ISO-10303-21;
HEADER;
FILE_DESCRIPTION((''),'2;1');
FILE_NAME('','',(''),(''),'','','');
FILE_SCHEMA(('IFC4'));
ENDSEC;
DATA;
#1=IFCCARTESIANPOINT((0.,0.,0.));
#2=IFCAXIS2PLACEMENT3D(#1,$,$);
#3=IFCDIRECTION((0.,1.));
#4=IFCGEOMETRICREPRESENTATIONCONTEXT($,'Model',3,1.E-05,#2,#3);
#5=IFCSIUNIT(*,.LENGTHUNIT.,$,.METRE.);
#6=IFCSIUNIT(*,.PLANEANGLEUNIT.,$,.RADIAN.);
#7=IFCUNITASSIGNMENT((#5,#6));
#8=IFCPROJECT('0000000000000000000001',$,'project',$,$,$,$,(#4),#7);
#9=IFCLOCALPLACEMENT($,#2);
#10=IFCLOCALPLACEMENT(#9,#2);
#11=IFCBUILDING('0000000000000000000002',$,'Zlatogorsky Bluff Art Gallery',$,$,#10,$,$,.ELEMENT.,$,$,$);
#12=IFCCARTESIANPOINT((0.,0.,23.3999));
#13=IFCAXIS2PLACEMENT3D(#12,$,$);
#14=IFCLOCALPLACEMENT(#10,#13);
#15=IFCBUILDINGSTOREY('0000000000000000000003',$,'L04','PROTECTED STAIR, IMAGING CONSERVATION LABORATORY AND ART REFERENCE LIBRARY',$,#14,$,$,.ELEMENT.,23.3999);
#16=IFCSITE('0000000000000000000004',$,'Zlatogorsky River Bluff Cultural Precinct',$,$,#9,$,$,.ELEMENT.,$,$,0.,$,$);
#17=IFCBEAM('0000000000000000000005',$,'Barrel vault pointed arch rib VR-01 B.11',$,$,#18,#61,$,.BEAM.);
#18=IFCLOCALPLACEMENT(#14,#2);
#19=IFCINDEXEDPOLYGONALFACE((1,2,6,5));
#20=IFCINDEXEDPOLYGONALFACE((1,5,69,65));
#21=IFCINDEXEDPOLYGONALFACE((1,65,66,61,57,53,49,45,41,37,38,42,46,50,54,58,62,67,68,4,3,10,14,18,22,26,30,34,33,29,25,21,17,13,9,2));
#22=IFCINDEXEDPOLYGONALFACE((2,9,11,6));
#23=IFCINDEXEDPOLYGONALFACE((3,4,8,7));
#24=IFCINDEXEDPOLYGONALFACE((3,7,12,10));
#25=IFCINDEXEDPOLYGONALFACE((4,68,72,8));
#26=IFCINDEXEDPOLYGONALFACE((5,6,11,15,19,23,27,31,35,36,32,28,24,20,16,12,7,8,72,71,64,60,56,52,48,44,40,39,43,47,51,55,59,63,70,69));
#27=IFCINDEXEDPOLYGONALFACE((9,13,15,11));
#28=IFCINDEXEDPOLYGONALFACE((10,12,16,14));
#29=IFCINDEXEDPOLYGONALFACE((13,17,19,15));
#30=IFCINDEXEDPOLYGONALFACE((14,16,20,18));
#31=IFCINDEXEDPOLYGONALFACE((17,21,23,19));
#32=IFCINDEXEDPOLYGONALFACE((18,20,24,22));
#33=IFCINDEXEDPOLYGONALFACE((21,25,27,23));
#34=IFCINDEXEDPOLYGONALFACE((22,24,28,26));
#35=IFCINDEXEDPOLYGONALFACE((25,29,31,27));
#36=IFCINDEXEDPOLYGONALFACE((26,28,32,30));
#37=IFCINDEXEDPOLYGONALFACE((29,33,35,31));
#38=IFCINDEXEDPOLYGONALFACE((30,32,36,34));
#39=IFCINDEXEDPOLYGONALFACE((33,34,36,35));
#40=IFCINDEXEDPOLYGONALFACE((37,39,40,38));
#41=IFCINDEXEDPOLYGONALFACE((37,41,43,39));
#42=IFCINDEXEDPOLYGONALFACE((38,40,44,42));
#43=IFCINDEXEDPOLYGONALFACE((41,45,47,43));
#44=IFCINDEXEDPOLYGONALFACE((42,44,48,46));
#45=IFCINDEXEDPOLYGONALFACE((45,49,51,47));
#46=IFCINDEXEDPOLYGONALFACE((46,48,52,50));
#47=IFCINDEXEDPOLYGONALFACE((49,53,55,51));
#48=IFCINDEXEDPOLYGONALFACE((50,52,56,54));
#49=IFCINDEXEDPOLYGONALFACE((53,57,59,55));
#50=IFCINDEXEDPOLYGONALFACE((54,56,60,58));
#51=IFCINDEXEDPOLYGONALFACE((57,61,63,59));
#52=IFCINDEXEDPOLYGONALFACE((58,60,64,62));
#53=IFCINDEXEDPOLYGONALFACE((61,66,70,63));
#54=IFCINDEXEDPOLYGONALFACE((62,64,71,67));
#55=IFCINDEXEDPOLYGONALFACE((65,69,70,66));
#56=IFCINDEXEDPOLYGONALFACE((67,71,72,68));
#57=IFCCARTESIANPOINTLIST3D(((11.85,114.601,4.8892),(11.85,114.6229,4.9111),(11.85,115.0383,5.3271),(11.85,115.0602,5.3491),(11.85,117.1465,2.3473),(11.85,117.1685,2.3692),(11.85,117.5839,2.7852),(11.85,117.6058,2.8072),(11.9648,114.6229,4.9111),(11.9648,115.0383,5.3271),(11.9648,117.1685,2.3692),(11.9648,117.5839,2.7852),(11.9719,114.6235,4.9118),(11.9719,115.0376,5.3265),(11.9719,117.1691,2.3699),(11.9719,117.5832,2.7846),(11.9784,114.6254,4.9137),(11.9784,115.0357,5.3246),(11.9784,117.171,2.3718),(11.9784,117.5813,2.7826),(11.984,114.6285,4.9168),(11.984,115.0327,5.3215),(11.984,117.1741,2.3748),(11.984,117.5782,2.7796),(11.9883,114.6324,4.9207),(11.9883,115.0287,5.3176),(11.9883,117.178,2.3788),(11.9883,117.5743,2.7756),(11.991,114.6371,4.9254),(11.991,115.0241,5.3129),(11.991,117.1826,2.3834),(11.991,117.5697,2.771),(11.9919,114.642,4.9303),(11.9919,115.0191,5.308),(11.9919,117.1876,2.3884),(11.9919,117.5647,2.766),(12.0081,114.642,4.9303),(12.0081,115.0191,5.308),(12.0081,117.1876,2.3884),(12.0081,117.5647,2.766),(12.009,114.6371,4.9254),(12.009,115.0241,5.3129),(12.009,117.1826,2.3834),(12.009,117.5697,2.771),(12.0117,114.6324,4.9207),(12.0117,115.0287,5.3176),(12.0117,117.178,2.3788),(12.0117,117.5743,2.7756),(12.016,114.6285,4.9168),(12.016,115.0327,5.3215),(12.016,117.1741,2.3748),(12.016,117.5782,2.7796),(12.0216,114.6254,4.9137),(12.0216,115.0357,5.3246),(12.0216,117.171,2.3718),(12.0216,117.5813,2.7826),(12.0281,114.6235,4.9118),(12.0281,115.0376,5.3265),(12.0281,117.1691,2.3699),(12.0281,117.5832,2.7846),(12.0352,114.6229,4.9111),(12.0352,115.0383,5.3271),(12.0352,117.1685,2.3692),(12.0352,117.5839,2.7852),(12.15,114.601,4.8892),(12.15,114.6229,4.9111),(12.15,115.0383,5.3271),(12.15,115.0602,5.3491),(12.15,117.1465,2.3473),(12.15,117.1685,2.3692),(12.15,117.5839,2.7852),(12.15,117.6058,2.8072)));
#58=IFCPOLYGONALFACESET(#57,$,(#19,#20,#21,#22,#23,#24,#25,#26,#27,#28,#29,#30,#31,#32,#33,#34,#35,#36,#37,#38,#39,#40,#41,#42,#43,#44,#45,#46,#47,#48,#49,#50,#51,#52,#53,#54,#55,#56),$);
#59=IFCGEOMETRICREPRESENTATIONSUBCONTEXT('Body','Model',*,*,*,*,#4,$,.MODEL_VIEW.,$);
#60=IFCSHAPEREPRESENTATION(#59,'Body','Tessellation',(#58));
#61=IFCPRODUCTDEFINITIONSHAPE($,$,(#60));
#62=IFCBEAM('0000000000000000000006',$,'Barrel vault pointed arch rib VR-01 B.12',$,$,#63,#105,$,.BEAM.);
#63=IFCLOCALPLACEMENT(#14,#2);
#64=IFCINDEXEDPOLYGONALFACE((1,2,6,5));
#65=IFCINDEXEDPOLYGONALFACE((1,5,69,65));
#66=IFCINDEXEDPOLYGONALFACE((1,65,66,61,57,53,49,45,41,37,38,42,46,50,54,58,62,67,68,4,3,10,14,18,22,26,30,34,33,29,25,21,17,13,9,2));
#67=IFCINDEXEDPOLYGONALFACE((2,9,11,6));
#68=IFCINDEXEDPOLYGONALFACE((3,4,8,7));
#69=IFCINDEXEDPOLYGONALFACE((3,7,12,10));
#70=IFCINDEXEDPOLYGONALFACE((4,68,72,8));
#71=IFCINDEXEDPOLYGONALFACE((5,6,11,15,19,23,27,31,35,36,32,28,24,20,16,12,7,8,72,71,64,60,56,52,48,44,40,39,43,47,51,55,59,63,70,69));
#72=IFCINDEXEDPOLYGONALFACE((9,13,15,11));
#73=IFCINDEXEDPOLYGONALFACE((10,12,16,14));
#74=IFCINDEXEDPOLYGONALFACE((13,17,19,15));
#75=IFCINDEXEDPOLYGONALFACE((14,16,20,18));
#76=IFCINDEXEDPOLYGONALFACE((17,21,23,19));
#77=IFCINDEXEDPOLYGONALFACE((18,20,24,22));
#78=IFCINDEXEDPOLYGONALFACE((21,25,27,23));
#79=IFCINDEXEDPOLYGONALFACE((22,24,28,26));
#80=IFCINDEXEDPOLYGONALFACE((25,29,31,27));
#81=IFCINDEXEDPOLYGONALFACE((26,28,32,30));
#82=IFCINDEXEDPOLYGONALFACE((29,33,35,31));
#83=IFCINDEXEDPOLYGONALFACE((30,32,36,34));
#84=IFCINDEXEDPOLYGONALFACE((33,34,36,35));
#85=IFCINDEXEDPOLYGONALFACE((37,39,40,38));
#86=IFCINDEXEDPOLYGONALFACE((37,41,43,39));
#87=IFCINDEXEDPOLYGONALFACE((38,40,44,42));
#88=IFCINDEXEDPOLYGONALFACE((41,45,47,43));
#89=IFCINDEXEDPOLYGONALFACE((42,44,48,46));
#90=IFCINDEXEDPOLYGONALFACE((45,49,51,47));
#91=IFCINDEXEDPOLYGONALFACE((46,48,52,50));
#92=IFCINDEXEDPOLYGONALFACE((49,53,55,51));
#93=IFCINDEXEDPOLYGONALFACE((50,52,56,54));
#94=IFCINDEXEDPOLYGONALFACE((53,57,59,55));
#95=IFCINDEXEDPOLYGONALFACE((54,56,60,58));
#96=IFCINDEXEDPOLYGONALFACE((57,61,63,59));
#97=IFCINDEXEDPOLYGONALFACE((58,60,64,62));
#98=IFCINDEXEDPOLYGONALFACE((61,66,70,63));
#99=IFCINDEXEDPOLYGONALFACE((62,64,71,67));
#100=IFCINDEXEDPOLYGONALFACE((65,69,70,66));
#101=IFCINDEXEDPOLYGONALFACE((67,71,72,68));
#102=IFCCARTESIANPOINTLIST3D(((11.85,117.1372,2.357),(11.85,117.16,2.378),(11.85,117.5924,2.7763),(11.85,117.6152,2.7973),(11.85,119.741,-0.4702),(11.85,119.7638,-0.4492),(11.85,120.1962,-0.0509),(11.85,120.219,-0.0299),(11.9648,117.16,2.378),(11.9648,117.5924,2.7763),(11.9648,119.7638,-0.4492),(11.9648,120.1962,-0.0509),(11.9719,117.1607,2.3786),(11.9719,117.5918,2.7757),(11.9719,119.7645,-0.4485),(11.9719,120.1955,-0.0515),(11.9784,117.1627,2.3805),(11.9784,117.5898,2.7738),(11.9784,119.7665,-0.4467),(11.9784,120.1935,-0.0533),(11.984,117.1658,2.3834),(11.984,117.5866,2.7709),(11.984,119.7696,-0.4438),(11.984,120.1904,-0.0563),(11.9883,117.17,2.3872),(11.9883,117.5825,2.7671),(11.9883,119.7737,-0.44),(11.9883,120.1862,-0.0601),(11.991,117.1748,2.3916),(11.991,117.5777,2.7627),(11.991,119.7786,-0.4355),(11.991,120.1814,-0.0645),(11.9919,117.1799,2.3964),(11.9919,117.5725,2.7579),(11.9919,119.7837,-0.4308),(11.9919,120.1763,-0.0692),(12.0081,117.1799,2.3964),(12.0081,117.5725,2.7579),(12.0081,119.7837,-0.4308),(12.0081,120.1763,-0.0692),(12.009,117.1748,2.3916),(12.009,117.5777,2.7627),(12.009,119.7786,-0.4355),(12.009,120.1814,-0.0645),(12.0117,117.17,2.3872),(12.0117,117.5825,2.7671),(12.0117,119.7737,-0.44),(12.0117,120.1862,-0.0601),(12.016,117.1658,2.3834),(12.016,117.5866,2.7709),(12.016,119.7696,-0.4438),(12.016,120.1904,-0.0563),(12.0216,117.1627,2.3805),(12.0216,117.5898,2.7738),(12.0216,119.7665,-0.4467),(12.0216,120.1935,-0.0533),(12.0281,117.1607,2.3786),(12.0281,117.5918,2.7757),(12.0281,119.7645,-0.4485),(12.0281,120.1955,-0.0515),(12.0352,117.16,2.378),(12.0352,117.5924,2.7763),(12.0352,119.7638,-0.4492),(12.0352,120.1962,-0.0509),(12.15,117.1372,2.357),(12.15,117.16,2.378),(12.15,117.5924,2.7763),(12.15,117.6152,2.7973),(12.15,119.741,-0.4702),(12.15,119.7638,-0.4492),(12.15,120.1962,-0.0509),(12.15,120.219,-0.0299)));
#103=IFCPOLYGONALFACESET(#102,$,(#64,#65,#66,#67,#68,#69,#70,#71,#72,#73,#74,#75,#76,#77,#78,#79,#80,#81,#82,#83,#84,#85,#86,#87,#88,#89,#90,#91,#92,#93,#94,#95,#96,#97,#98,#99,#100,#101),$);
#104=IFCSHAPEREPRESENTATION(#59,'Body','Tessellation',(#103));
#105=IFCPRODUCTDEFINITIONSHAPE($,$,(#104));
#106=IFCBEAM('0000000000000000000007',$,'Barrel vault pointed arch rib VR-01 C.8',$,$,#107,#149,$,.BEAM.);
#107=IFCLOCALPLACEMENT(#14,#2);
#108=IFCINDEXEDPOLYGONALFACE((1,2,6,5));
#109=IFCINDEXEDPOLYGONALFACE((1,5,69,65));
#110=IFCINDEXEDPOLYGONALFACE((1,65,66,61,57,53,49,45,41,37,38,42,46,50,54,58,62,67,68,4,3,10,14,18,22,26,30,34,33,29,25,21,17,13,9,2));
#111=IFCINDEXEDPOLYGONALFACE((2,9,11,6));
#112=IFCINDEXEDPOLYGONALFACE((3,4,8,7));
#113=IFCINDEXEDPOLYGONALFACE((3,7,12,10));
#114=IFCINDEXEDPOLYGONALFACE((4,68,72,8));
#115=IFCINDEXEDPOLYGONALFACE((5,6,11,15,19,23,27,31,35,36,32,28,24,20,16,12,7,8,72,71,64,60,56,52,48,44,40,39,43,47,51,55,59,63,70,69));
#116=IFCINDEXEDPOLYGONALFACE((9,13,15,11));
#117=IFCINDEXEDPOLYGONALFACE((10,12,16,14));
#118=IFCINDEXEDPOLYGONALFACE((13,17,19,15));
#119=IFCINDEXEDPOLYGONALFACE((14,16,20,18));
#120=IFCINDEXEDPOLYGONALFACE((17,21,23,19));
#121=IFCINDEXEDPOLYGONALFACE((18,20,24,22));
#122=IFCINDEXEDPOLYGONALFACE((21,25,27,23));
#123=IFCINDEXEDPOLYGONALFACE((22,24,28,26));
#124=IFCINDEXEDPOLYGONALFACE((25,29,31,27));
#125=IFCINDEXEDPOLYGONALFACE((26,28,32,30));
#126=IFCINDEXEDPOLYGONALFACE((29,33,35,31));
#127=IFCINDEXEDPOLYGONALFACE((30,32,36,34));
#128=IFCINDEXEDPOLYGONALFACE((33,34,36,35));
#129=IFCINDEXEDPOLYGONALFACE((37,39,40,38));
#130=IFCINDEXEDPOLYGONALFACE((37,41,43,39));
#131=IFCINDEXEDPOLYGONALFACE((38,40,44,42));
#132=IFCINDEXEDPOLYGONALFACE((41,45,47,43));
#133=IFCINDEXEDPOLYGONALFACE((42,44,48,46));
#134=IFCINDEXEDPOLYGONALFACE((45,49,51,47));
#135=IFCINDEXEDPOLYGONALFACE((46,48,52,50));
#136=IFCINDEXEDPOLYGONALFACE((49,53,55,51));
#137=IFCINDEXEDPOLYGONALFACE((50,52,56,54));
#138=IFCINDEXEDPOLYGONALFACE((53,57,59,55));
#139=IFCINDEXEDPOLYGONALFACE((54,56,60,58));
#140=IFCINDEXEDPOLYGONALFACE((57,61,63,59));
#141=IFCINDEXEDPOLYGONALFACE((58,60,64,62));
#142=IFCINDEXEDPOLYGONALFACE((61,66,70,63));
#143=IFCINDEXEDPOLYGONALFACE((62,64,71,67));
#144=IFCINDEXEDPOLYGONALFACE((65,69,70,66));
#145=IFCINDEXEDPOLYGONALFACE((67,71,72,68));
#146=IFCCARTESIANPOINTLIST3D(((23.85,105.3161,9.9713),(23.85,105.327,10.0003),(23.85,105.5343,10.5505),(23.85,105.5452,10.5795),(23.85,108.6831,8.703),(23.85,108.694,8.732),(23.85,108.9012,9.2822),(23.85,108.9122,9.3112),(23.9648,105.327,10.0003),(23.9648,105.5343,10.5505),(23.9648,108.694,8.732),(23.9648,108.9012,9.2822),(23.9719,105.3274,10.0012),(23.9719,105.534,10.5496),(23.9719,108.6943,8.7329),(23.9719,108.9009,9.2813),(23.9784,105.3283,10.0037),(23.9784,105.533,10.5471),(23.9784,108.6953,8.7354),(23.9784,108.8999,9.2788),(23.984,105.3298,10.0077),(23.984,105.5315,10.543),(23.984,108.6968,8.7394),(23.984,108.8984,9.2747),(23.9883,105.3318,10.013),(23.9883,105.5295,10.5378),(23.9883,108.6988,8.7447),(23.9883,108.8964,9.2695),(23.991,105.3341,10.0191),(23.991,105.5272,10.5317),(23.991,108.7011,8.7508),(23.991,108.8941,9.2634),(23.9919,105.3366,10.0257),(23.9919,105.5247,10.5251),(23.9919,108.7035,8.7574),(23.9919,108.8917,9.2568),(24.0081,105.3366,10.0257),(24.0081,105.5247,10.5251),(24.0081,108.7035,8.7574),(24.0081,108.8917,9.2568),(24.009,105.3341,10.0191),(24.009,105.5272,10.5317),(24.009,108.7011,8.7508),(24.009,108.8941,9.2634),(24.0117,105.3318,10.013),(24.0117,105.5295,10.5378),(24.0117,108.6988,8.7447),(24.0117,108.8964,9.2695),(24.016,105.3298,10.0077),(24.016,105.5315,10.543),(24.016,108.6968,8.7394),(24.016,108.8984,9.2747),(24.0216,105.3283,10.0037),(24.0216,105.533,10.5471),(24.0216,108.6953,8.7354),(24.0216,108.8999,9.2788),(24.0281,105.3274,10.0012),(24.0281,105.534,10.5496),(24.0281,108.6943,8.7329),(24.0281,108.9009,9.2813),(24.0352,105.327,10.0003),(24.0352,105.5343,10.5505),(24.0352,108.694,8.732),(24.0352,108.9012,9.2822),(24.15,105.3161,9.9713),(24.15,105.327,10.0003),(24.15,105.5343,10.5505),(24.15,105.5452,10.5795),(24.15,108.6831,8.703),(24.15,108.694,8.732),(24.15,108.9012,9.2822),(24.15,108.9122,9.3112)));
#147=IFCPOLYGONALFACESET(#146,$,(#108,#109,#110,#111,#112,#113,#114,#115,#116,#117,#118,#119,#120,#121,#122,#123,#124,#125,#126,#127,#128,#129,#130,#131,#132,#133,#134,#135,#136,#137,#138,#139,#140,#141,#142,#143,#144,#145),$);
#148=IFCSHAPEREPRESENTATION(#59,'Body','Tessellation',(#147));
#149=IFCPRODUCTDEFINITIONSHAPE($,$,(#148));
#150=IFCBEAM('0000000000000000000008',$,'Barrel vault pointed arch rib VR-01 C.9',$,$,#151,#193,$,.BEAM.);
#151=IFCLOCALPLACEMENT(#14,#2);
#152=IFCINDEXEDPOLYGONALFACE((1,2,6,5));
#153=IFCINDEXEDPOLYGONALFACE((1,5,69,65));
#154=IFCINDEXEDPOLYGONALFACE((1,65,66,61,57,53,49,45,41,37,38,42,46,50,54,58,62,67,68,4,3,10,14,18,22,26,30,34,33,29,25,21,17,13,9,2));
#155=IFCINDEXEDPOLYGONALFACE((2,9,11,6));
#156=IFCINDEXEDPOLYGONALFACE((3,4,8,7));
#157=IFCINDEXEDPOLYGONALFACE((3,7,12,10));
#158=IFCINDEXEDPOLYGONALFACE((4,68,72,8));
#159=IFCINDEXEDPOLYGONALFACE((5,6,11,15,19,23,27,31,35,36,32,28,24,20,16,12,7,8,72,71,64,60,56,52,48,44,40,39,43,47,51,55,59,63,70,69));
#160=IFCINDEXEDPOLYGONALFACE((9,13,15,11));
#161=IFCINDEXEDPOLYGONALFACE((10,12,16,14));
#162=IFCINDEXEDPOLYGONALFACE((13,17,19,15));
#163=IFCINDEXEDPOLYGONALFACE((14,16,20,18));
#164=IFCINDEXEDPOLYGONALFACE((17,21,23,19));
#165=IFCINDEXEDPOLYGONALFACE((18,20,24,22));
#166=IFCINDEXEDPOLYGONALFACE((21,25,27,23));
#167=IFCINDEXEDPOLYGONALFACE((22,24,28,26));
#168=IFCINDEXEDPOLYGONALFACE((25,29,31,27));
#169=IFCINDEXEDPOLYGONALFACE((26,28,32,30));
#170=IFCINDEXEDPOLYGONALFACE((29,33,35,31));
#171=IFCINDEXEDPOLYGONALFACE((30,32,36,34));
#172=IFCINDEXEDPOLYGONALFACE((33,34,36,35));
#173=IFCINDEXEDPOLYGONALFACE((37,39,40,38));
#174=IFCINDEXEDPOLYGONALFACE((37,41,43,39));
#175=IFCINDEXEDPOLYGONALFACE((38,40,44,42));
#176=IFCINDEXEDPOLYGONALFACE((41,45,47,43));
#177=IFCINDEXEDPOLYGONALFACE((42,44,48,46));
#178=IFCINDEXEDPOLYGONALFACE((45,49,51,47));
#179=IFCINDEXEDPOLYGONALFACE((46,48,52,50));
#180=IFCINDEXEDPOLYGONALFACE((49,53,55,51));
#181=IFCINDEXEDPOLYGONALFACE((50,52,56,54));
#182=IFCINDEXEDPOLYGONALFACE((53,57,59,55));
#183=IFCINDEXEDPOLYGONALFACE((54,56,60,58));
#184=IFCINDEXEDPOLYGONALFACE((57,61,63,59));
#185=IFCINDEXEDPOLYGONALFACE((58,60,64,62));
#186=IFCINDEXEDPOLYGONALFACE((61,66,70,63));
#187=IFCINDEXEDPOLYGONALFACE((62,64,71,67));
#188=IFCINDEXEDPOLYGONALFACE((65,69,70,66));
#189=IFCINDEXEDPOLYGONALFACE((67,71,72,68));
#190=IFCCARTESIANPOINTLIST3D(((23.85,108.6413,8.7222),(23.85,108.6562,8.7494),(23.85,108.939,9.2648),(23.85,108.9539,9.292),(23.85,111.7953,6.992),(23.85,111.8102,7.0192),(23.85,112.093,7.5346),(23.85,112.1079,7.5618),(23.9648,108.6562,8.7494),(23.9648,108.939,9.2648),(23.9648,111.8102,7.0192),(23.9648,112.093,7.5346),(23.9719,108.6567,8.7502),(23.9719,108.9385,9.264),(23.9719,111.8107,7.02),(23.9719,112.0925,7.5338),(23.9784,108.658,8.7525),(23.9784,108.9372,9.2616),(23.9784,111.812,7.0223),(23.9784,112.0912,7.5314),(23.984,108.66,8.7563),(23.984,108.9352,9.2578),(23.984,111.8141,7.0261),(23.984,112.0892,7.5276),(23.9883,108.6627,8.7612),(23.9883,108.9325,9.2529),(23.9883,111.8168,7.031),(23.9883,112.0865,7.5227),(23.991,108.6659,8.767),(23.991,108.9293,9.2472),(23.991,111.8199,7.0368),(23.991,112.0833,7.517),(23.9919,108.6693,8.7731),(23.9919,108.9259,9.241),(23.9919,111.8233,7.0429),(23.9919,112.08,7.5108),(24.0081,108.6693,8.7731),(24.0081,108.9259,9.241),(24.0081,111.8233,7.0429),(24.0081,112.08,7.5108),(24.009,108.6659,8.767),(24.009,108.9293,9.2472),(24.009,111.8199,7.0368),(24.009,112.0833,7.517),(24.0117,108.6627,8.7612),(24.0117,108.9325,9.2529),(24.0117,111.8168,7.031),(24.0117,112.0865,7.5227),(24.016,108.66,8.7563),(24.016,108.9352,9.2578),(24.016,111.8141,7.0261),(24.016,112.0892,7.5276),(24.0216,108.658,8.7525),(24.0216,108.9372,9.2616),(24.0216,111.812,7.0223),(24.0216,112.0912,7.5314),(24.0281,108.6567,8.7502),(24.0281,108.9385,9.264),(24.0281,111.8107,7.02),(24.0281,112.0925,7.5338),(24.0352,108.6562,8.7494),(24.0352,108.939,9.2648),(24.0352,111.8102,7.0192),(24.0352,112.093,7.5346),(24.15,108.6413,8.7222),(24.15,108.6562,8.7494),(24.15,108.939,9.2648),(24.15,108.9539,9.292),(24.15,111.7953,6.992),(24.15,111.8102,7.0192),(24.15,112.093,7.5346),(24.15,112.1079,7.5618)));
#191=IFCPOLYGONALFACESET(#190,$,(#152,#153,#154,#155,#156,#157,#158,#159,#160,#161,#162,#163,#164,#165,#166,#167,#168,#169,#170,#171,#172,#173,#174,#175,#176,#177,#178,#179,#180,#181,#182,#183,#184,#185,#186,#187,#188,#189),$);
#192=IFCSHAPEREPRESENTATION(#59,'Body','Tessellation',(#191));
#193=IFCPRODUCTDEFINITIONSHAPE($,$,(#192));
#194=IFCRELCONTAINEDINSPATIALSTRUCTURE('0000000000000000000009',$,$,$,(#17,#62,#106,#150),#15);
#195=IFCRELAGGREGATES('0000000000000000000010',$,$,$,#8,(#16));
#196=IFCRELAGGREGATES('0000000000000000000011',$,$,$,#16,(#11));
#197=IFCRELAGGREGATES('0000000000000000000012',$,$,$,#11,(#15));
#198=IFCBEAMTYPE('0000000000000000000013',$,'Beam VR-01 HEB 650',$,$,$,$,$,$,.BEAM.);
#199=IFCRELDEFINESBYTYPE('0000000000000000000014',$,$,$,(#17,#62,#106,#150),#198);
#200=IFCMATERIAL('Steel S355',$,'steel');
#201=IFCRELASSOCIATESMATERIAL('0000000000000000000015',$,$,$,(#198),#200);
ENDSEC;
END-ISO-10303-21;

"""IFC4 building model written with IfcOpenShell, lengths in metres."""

from ifc_helpers import new_model, si_unit, direction, frame, origin, origin_2d, place, context, subcontext, project, spatial, i_section, extrude, material, material_profile, profile_set, type_object, element, save


model = new_model("IFC4")

# Units and contexts
model_context = context("Model", 3, precision=1e-05, world=origin(), true_north=direction((0.0, 1.0)))
body_context = subcontext(model_context, "Body", "Model", "MODEL_VIEW")
ifc_project = project(units=[si_unit("LENGTHUNIT", "METRE"), si_unit("PLANEANGLEUNIT", "RADIAN")], contexts=[model_context])

# Site, building, storey
site_placement = place(None, origin())
site = spatial("IfcSite", under=ifc_project, at=site_placement, Name="Zlatogorsky River Bluff Cultural Precinct", CompositionType="ELEMENT", RefElevation=0.0)
building_placement = place(site_placement, origin())
building = spatial("IfcBuilding", under=site, at=building_placement, Name="Zlatogorsky Bluff Art Gallery", CompositionType="ELEMENT")
storey_placement = place(building_placement, frame((0.0, 0.0, 23.3999)))
storey = spatial("IfcBuildingStorey", under=building, at=storey_placement, Name="L04", Description="PROTECTED STAIR, IMAGING CONSERVATION LABORATORY AND ART REFERENCE LIBRARY", CompositionType="ELEMENT", Elevation=23.3999)

# Beams
ifc_material_1 = material(Name="Steel S355", Category="steel")
ifc_material_profile_1 = material_profile(ifc_material_1, i_section(OverallWidth=0.3, OverallDepth=0.6499, WebThickness=0.0161, FlangeThickness=0.031, FilletRadius=0.0271, at=origin_2d()), Name="HEB 650")
ifc_profile_set_1 = profile_set([ifc_material_profile_1], Name="Steel S355")
beam_type_1 = type_object("IfcBeamType", Name="Beam VR-01 HEB 650", PredefinedType="BEAM", material=ifc_profile_set_1)
beam_1_placement = place(storey_placement, frame((12.0, 114.8306, 5.1191), z_axis=(0.0, 0.707616, -0.706598), x_axis=(-1.0, 0.0, 0.0)))
element("IfcBeam", 1, at=beam_1_placement, inside=storey, type_object=beam_type_1, Name="Barrel vault pointed arch rib VR-01 B.11", PredefinedType="BEAM", context=body_context, shape_type="SweptSolid", body=[
    extrude(i_section(OverallWidth=0.3, OverallDepth=0.6499, WebThickness=0.0161, FlangeThickness=0.031, FilletRadius=0.0271, at=origin_2d()), origin(), (0.0, 0.0, 1.0), 3.5974),
])
beam_2_placement = place(storey_placement, frame((12.0, 117.3762, 2.5771), z_axis=(0.0, 0.677449, -0.73557), x_axis=(-1.0, 0.0, 0.0)))
element("IfcBeam", 2, at=beam_2_placement, inside=storey, type_object=beam_type_1, Name="Barrel vault pointed arch rib VR-01 B.12", PredefinedType="BEAM", context=body_context, shape_type="SweptSolid", body=[
    extrude(i_section(OverallWidth=0.3, OverallDepth=0.6499, WebThickness=0.0161, FlangeThickness=0.031, FilletRadius=0.0271, at=origin_2d()), origin(), (0.0, 0.0, 1.0), 3.8435),
])
beam_3_placement = place(storey_placement, frame((24.0, 105.4307, 10.2754), z_axis=(0.0, 0.935807, -0.352514), x_axis=(-1.0, 0.0, 0.0)))
element("IfcBeam", 3, at=beam_3_placement, inside=storey, type_object=beam_type_1, Name="Barrel vault pointed arch rib VR-01 C.8", PredefinedType="BEAM", context=body_context, shape_type="SweptSolid", body=[
    extrude(i_section(OverallWidth=0.3, OverallDepth=0.6499, WebThickness=0.0161, FlangeThickness=0.031, FilletRadius=0.0271, at=origin_2d()), origin(), (0.0, 0.0, 1.0), 3.5979),
])
beam_4_placement = place(storey_placement, frame((24.0, 108.7976, 9.0071), z_axis=(0.0, 0.876744, -0.480957), x_axis=(-1.0, 0.0, 0.0)))
element("IfcBeam", 4, at=beam_4_placement, inside=storey, type_object=beam_type_1, Name="Barrel vault pointed arch rib VR-01 C.9", PredefinedType="BEAM", context=body_context, shape_type="SweptSolid", body=[
    extrude(i_section(OverallWidth=0.3, OverallDepth=0.6499, WebThickness=0.0161, FlangeThickness=0.031, FilletRadius=0.0271, at=origin_2d()), origin(), (0.0, 0.0, 1.0), 3.5974),
])

save(model, "model.ifc")
